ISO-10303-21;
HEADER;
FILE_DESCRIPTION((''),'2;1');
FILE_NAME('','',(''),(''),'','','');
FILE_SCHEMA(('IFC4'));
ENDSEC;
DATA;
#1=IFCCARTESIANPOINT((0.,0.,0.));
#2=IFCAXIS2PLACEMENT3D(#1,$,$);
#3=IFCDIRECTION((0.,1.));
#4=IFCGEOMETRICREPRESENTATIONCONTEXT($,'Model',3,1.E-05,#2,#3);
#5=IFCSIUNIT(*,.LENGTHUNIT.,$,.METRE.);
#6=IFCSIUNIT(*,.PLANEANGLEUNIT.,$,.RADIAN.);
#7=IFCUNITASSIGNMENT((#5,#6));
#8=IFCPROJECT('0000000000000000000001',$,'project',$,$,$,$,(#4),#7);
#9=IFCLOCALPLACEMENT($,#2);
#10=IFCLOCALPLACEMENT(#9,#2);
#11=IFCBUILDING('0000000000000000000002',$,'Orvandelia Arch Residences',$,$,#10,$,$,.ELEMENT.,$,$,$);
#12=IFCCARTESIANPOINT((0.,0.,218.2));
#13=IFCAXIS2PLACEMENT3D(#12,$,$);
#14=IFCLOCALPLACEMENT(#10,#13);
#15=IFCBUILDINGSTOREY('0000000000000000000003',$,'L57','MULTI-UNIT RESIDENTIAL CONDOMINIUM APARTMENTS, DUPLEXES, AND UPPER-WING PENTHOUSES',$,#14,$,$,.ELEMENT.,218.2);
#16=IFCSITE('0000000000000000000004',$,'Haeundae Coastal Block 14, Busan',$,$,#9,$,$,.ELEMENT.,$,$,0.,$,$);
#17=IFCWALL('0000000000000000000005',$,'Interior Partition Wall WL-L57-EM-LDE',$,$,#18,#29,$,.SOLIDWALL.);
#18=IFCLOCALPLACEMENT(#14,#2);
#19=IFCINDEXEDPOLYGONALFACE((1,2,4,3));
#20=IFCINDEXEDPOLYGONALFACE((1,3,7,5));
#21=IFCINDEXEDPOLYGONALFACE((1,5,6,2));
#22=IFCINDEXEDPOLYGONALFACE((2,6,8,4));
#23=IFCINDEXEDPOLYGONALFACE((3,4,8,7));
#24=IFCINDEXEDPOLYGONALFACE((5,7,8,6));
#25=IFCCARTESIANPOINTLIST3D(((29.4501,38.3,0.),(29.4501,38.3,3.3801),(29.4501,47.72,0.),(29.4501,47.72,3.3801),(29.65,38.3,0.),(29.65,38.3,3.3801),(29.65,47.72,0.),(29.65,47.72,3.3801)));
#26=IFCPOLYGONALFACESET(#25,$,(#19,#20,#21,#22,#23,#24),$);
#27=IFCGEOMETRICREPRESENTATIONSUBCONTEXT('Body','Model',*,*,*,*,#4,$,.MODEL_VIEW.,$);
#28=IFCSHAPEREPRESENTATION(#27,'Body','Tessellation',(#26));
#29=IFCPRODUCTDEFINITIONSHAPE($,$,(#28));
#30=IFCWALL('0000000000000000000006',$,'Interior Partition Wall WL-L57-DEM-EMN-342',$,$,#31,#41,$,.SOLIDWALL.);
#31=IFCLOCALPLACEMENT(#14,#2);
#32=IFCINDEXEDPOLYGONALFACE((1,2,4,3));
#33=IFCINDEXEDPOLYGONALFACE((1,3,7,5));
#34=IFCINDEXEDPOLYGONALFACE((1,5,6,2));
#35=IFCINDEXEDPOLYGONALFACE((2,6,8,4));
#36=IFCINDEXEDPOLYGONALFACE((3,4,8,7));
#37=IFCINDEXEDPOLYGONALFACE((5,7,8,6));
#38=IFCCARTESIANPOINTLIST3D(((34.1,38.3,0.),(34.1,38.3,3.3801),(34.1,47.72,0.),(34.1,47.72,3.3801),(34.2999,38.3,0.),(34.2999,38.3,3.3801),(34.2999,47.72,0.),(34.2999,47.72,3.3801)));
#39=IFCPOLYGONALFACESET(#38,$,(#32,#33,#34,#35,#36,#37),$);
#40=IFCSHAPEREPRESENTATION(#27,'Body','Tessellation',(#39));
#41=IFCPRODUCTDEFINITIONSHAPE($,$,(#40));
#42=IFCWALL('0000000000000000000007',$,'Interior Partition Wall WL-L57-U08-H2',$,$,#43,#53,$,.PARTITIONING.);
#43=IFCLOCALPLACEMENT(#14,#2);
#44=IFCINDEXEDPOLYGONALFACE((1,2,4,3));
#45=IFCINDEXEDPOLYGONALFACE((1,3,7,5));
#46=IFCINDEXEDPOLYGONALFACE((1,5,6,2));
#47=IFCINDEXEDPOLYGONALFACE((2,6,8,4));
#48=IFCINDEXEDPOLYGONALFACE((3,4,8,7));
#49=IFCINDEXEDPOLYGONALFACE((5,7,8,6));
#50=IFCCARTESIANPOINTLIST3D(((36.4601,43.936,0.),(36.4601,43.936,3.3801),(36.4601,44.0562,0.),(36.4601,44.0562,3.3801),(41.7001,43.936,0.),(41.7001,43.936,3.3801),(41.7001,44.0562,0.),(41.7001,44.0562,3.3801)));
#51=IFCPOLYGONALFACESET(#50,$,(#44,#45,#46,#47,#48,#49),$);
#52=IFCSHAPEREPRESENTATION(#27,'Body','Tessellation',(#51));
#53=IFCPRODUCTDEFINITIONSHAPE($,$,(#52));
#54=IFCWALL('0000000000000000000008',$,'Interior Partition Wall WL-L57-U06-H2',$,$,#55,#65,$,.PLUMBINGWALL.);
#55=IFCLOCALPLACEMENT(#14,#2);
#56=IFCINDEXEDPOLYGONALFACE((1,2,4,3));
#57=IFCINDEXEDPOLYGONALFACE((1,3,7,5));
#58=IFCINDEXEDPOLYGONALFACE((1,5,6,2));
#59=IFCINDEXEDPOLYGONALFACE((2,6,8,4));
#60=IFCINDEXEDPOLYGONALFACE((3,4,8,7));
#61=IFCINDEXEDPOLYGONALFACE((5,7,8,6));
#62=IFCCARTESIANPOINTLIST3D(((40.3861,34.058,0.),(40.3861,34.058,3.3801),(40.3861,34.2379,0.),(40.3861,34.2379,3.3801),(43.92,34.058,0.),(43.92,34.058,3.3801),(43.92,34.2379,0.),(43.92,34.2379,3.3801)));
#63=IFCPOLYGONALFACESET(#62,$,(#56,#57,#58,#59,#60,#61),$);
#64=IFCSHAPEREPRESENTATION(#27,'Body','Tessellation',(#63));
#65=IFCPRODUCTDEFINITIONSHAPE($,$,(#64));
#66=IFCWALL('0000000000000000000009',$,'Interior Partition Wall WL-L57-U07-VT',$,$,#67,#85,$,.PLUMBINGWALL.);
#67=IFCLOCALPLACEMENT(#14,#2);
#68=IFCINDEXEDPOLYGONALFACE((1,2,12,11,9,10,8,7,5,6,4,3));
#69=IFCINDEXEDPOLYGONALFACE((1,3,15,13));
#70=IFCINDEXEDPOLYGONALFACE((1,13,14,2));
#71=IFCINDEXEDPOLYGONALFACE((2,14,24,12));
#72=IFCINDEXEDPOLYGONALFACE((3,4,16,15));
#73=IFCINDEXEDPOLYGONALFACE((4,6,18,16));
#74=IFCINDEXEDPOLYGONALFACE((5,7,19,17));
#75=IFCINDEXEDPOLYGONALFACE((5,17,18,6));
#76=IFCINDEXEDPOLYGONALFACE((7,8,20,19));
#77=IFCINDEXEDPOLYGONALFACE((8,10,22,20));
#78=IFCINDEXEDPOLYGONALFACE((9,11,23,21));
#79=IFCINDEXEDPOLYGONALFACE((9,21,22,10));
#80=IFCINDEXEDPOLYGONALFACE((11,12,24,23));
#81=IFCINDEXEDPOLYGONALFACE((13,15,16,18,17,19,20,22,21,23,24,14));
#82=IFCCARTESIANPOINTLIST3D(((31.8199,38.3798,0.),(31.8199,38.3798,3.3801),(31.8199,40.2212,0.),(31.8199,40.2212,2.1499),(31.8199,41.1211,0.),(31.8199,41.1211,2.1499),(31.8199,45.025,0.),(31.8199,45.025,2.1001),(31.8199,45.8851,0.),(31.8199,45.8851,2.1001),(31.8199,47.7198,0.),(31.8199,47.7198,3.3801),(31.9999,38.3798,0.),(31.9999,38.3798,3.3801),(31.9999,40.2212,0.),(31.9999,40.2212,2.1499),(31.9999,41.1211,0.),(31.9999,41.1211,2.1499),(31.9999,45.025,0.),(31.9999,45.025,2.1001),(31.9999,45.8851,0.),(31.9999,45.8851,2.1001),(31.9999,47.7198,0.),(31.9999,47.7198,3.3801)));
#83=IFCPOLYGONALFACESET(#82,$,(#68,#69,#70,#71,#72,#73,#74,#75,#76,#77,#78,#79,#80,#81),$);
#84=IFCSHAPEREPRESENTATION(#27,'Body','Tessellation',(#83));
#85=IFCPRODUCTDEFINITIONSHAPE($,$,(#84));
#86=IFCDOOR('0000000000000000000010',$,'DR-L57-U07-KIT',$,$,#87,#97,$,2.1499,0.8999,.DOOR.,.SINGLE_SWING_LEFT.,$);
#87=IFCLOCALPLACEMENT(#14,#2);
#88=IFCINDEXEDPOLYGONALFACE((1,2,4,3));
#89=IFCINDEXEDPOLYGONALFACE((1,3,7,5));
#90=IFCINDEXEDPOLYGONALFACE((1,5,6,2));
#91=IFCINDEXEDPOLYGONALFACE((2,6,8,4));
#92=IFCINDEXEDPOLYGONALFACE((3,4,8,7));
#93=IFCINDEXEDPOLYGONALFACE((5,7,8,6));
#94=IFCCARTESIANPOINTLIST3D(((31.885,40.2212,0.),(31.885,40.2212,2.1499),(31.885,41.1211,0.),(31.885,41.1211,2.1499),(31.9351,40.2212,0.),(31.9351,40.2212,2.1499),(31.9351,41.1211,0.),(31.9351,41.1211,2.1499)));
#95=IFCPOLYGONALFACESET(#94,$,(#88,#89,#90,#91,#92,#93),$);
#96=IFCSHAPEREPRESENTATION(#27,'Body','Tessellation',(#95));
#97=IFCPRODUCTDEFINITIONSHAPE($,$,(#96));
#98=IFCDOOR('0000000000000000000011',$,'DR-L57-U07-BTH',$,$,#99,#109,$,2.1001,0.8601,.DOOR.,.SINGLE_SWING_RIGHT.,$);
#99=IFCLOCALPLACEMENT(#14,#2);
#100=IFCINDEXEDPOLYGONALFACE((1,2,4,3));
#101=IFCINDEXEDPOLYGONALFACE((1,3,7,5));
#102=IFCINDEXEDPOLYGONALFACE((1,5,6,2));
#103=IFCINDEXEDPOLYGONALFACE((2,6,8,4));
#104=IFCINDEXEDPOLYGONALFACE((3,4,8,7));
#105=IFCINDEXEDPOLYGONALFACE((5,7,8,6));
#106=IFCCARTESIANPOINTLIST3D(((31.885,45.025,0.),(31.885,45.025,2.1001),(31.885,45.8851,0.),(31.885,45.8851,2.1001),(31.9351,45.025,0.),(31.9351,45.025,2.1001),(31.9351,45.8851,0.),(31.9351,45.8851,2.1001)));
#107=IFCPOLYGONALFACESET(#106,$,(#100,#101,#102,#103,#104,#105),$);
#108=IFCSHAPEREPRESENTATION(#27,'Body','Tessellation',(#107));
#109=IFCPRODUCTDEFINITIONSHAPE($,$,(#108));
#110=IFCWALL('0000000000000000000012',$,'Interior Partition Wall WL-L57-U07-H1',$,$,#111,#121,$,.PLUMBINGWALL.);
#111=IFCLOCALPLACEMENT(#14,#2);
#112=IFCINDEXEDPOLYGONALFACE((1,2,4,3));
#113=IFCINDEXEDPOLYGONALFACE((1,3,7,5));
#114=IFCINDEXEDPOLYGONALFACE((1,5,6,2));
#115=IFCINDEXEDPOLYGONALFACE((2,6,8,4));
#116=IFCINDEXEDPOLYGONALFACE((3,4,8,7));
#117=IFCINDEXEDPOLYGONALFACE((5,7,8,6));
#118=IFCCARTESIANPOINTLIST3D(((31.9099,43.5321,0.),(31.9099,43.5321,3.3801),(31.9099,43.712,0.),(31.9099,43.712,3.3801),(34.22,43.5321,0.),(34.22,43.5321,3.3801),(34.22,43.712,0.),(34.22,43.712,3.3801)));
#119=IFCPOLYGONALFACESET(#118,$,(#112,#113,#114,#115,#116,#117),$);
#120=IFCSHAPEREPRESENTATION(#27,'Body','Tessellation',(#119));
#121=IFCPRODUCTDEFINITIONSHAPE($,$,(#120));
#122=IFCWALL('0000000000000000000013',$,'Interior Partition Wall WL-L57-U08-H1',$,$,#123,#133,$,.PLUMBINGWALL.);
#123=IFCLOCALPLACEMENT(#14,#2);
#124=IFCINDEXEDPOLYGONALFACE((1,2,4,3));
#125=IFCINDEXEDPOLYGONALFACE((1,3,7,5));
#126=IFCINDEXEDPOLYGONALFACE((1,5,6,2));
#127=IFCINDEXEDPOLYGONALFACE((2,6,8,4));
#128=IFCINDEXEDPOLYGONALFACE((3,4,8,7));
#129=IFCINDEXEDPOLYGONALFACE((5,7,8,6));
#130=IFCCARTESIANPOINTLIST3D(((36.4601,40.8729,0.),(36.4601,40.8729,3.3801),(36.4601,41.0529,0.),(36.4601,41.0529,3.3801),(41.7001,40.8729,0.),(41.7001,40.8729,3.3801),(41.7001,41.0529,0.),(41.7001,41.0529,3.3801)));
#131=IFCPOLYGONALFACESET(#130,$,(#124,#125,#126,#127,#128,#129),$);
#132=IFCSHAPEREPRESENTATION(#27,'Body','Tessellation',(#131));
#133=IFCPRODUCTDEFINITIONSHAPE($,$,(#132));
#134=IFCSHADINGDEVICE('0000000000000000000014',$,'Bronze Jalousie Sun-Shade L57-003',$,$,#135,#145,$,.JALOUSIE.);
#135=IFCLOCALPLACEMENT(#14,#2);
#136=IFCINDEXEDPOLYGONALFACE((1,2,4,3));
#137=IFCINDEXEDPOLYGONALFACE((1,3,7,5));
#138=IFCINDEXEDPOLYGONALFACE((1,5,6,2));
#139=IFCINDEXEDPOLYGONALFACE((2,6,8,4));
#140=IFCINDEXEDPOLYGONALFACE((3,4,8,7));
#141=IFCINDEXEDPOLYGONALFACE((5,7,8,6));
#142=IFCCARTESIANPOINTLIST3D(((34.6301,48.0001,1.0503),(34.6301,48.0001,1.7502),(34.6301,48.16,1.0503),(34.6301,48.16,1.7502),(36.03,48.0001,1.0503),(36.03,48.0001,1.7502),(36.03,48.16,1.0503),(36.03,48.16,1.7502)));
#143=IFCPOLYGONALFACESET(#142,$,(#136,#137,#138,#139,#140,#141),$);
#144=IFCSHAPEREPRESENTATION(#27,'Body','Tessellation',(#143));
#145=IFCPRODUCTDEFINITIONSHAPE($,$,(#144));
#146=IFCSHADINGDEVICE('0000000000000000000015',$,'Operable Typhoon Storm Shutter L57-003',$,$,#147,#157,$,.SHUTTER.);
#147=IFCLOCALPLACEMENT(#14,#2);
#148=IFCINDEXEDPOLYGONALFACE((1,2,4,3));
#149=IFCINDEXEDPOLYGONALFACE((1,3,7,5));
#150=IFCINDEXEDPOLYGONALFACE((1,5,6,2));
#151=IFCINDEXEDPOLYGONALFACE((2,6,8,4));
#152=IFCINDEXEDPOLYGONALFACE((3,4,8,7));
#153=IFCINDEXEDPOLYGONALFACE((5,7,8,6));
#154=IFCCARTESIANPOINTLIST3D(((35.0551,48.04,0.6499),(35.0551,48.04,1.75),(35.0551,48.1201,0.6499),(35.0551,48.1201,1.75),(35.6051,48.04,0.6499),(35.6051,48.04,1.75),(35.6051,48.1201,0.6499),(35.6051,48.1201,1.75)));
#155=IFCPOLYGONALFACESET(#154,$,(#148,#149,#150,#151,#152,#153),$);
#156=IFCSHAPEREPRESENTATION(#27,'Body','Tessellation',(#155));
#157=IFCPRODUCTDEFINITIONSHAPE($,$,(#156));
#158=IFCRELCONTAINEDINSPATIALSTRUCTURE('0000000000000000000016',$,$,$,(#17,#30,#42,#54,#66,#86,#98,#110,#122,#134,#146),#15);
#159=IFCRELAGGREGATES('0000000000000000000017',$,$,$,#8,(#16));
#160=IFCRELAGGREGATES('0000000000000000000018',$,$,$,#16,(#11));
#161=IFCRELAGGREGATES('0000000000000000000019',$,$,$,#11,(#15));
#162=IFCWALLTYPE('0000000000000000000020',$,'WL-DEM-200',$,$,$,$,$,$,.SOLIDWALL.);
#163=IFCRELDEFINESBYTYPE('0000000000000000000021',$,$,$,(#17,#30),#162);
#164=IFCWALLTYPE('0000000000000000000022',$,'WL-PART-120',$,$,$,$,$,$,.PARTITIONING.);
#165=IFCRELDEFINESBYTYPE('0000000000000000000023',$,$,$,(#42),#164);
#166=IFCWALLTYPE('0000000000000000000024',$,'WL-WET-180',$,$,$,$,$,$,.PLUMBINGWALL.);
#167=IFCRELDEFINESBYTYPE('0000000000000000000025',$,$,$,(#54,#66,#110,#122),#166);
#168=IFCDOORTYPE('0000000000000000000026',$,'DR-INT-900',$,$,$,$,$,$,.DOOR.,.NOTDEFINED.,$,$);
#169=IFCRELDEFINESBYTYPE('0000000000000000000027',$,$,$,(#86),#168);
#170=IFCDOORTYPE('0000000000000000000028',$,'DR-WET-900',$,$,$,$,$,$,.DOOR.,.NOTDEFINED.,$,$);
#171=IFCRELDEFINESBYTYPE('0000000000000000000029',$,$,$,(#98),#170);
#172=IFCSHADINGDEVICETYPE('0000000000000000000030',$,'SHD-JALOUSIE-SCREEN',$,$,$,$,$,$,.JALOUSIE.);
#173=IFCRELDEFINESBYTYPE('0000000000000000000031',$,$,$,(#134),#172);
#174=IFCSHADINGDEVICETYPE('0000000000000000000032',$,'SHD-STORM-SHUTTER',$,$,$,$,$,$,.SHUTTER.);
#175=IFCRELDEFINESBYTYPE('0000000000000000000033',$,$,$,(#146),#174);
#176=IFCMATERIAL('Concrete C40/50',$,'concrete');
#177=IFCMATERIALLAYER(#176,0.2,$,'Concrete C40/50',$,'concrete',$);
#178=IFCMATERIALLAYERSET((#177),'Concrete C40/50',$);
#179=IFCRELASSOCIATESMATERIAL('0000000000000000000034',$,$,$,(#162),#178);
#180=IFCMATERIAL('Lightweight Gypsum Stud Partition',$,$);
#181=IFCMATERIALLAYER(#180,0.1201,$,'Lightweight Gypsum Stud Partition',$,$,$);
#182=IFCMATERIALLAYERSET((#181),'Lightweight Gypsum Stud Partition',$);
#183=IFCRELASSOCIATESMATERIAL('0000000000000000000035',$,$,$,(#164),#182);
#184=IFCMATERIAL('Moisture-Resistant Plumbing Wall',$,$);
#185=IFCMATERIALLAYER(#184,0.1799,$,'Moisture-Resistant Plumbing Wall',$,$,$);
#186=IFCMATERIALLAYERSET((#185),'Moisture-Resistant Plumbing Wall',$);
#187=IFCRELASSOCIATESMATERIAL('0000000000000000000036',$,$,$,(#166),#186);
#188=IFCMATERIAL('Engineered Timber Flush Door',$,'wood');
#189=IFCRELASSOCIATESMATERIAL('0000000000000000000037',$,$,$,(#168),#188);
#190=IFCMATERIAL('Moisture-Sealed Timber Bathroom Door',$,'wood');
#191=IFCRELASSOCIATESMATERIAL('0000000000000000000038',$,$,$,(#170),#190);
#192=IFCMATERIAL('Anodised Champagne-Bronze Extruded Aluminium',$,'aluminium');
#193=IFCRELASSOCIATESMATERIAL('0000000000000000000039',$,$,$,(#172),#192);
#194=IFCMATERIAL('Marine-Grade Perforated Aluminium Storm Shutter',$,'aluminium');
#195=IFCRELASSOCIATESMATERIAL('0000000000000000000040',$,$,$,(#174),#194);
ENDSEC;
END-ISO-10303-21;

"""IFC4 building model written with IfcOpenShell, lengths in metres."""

from ifc_helpers import new_model, si_unit, direction, frame, frame_2d, origin, origin_2d, place, context, subcontext, project, spatial, rectangle, extrude, material, layer, layer_set, type_object, element, fill, save


model = new_model("IFC4")

# Units and contexts
model_context = context("Model", 3, precision=1e-05, world=origin(), true_north=direction((0.0, 1.0)))
body_context = subcontext(model_context, "Body", "Model", "MODEL_VIEW")
ifc_project = project(units=[si_unit("LENGTHUNIT", "METRE"), si_unit("PLANEANGLEUNIT", "RADIAN")], contexts=[model_context])

# Site, building, storey
site_placement = place(None, origin())
site = spatial("IfcSite", under=ifc_project, at=site_placement, Name="Haeundae Coastal Block 14, Busan", CompositionType="ELEMENT", RefElevation=0.0)
building_placement = place(site_placement, origin())
building = spatial("IfcBuilding", under=site, at=building_placement, Name="Orvandelia Arch Residences", CompositionType="ELEMENT")
storey_placement = place(building_placement, frame((0.0, 0.0, 218.2)))
storey = spatial("IfcBuildingStorey", under=building, at=storey_placement, Name="L57", Description="MULTI-UNIT RESIDENTIAL CONDOMINIUM APARTMENTS, DUPLEXES, AND UPPER-WING PENTHOUSES", CompositionType="ELEMENT", Elevation=218.2)

# Walls
ifc_material_1 = material(Name="Concrete C40/50", Category="concrete")
ifc_layer_1 = layer(ifc_material_1, 0.2, Name="Concrete C40/50", Category="concrete")
ifc_layer_set_1 = layer_set([ifc_layer_1], Name="Concrete C40/50")
wall_type_1 = type_object("IfcWallType", Name="WL-DEM-200", PredefinedType="SOLIDWALL", material=ifc_layer_set_1)
for number, where, z_axis, x_axis, name in (
    (1, (29.55, 38.3, 0.0), (0.0, 0.0, 1.0), (0.0, 1.0, 0.0), "Interior Partition Wall WL-L57-EM-LDE"),
    (2, (34.2, 38.3, 0.0), (0.0, 0.0, 1.0), (0.0, 1.0, 0.0), "Interior Partition Wall WL-L57-DEM-EMN-342"),
):
    element("IfcWall", number, at=place(storey_placement, frame(where, z_axis=z_axis, x_axis=x_axis)), inside=storey, type_object=wall_type_1, Name=name, PredefinedType="SOLIDWALL", context=body_context, shape_type="SweptSolid", body=[
        extrude(rectangle(XDim=9.4199, YDim=0.2, at=frame_2d((4.71, 0.0))), origin(), (0.0, 0.0, 1.0), 3.3801),
    ])
ifc_material_2 = material(Name="Lightweight Gypsum Stud Partition")
ifc_layer_2 = layer(ifc_material_2, 0.1201, Name="Lightweight Gypsum Stud Partition")
ifc_layer_set_2 = layer_set([ifc_layer_2], Name="Lightweight Gypsum Stud Partition")
wall_type_2 = type_object("IfcWallType", Name="WL-PART-120", PredefinedType="PARTITIONING", material=ifc_layer_set_2)
wall_1_placement = place(storey_placement, frame((36.46, 43.9961, 0.0), z_axis=(0.0, 0.0, 1.0), x_axis=(1.0, 0.0, 0.0)))
element("IfcWall", 3, at=wall_1_placement, inside=storey, type_object=wall_type_2, Name="Interior Partition Wall WL-L57-U08-H2", PredefinedType="PARTITIONING", context=body_context, shape_type="SweptSolid", body=[
    extrude(rectangle(XDim=5.24, YDim=0.1201, at=frame_2d((2.6201, 0.0))), origin(), (0.0, 0.0, 1.0), 3.3801),
])
ifc_material_3 = material(Name="Moisture-Resistant Plumbing Wall")
ifc_layer_3 = layer(ifc_material_3, 0.1799, Name="Moisture-Resistant Plumbing Wall")
ifc_layer_set_3 = layer_set([ifc_layer_3], Name="Moisture-Resistant Plumbing Wall")
wall_type_3 = type_object("IfcWallType", Name="WL-WET-180", PredefinedType="PLUMBINGWALL", material=ifc_layer_set_3)
wall_2_placement = place(storey_placement, frame((40.386, 34.1479, 0.0), z_axis=(0.0, 0.0, 1.0), x_axis=(1.0, 0.0, 0.0)))
element("IfcWall", 4, at=wall_2_placement, inside=storey, type_object=wall_type_3, Name="Interior Partition Wall WL-L57-U06-H2", PredefinedType="PLUMBINGWALL", context=body_context, shape_type="SweptSolid", body=[
    extrude(rectangle(XDim=3.5339, YDim=0.1799, at=frame_2d((1.7671, 0.0))), origin(), (0.0, 0.0, 1.0), 3.3801),
])

# Wall, openings, doors
wall_3_placement = place(storey_placement, frame((31.9099, 38.3799, 0.0), z_axis=(0.0, 0.0, 1.0), x_axis=(0.0, 1.0, 0.0)))
wall_3 = element("IfcWall", 5, at=wall_3_placement, inside=storey, type_object=wall_type_3, Name="Interior Partition Wall WL-L57-U07-VT", PredefinedType="PLUMBINGWALL", context=body_context, shape_type="SweptSolid", body=[
    extrude(rectangle(XDim=9.3401, YDim=0.1799, at=frame_2d((4.6699, 0.0))), origin(), (0.0, 0.0, 1.0), 3.3801),
])
opening_1_placement = place(wall_3_placement, frame((1.8413, 0.0, 0.0)))
opening_1 = element("IfcOpeningElement", 6, at=opening_1_placement, cuts=wall_3, PredefinedType="OPENING", context=body_context, shape_type="SweptSolid", body=[
    extrude(rectangle(XDim=0.8999, YDim=2.1499, at=frame_2d((0.45, 1.075))), frame((0.0, 0.1001, 0.0), z_axis=(0.0, -1.0, 0.0), x_axis=(1.0, 0.0, 0.0)), (0.0, 0.0, 1.0), 0.2),
])
opening_2_placement = place(wall_3_placement, frame((6.645, 0.0, 0.0)))
opening_2 = element("IfcOpeningElement", 7, at=opening_2_placement, cuts=wall_3, PredefinedType="OPENING", context=body_context, shape_type="SweptSolid", body=[
    extrude(rectangle(XDim=0.8601, YDim=2.1001, at=frame_2d((0.4302, 1.05))), frame((0.0, 0.1001, 0.0), z_axis=(0.0, -1.0, 0.0), x_axis=(1.0, 0.0, 0.0)), (0.0, 0.0, 1.0), 0.2),
])
ifc_material_4 = material(Name="Engineered Timber Flush Door", Category="wood")
door_type_1 = type_object("IfcDoorType", Name="DR-INT-900", OperationType="NOTDEFINED", PredefinedType="DOOR", material=ifc_material_4)
door_1_placement = place(opening_1_placement, origin())
door_1 = element("IfcDoor", 8, at=door_1_placement, inside=storey, type_object=door_type_1, Name="DR-L57-U07-KIT", OperationType="SINGLE_SWING_LEFT", OverallHeight=2.1499, OverallWidth=0.8999, PredefinedType="DOOR", context=body_context, shape_type="SweptSolid", body=[
    extrude(rectangle(XDim=0.8999, YDim=2.1499, at=frame_2d((0.45, 1.075))), frame((0.0, 0.0249, 0.0), z_axis=(0.0, -1.0, 0.0), x_axis=(1.0, 0.0, 0.0)), (0.0, 0.0, 1.0), 0.05),
])
fill(opening_1, door_1)
ifc_material_5 = material(Name="Moisture-Sealed Timber Bathroom Door", Category="wood")
door_type_2 = type_object("IfcDoorType", Name="DR-WET-900", OperationType="NOTDEFINED", PredefinedType="DOOR", material=ifc_material_5)
door_2_placement = place(opening_2_placement, origin())
door_2 = element("IfcDoor", 9, at=door_2_placement, inside=storey, type_object=door_type_2, Name="DR-L57-U07-BTH", OperationType="SINGLE_SWING_RIGHT", OverallHeight=2.1001, OverallWidth=0.8601, PredefinedType="DOOR", context=body_context, shape_type="SweptSolid", body=[
    extrude(rectangle(XDim=0.8601, YDim=2.1001, at=frame_2d((0.4302, 1.05))), frame((0.0, 0.0249, 0.0), z_axis=(0.0, -1.0, 0.0), x_axis=(1.0, 0.0, 0.0)), (0.0, 0.0, 1.0), 0.05),
])
fill(opening_2, door_2)

# Wall
wall_4_placement = place(storey_placement, frame((31.9099, 43.6221, 0.0), z_axis=(0.0, 0.0, 1.0), x_axis=(1.0, 0.0, 0.0)))
element("IfcWall", 10, at=wall_4_placement, inside=storey, type_object=wall_type_3, Name="Interior Partition Wall WL-L57-U07-H1", PredefinedType="PLUMBINGWALL", context=body_context, shape_type="SweptSolid", body=[
    extrude(rectangle(XDim=2.3101, YDim=0.1799, at=frame_2d((1.155, 0.0))), origin(), (0.0, 0.0, 1.0), 3.3801),
])

# Wall
wall_5_placement = place(storey_placement, frame((36.46, 40.9629, 0.0), z_axis=(0.0, 0.0, 1.0), x_axis=(1.0, 0.0, 0.0)))
element("IfcWall", 11, at=wall_5_placement, inside=storey, type_object=wall_type_3, Name="Interior Partition Wall WL-L57-U08-H1", PredefinedType="PLUMBINGWALL", context=body_context, shape_type="SweptSolid", body=[
    extrude(rectangle(XDim=5.24, YDim=0.1799, at=frame_2d((2.6201, 0.0))), origin(), (0.0, 0.0, 1.0), 3.3801),
])

# Shading devices
ifc_material_6 = material(Name="Anodised Champagne-Bronze Extruded Aluminium", Category="aluminium")
shading_device_type_1 = type_object("IfcShadingDeviceType", Name="SHD-JALOUSIE-SCREEN", PredefinedType="JALOUSIE", material=ifc_material_6)
shading_device_1_placement = place(storey_placement, frame((35.3301, 48.0801, 1.0503), z_axis=(0.0, 0.0, 1.0), x_axis=(1.0, 0.0, 0.0)))
element("IfcShadingDevice", 12, at=shading_device_1_placement, inside=storey, type_object=shading_device_type_1, Name="Bronze Jalousie Sun-Shade L57-003", PredefinedType="JALOUSIE", context=body_context, shape_type="SweptSolid", body=[
    extrude(rectangle(XDim=1.3999, YDim=0.1599, at=origin_2d()), origin(), (0.0, 0.0, 1.0), 0.7),
])
ifc_material_7 = material(Name="Marine-Grade Perforated Aluminium Storm Shutter", Category="aluminium")
shading_device_type_2 = type_object("IfcShadingDeviceType", Name="SHD-STORM-SHUTTER", PredefinedType="SHUTTER", material=ifc_material_7)
shading_device_2_placement = place(storey_placement, frame((35.3301, 48.0801, 0.6499), z_axis=(0.0, 0.0, 1.0), x_axis=(1.0, 0.0, 0.0)))
element("IfcShadingDevice", 13, at=shading_device_2_placement, inside=storey, type_object=shading_device_type_2, Name="Operable Typhoon Storm Shutter L57-003", PredefinedType="SHUTTER", context=body_context, shape_type="SweptSolid", body=[
    extrude(rectangle(XDim=0.55, YDim=0.0801, at=origin_2d()), origin(), (0.0, 0.0, 1.0), 1.1001),
])

save(model, "model.ifc")
